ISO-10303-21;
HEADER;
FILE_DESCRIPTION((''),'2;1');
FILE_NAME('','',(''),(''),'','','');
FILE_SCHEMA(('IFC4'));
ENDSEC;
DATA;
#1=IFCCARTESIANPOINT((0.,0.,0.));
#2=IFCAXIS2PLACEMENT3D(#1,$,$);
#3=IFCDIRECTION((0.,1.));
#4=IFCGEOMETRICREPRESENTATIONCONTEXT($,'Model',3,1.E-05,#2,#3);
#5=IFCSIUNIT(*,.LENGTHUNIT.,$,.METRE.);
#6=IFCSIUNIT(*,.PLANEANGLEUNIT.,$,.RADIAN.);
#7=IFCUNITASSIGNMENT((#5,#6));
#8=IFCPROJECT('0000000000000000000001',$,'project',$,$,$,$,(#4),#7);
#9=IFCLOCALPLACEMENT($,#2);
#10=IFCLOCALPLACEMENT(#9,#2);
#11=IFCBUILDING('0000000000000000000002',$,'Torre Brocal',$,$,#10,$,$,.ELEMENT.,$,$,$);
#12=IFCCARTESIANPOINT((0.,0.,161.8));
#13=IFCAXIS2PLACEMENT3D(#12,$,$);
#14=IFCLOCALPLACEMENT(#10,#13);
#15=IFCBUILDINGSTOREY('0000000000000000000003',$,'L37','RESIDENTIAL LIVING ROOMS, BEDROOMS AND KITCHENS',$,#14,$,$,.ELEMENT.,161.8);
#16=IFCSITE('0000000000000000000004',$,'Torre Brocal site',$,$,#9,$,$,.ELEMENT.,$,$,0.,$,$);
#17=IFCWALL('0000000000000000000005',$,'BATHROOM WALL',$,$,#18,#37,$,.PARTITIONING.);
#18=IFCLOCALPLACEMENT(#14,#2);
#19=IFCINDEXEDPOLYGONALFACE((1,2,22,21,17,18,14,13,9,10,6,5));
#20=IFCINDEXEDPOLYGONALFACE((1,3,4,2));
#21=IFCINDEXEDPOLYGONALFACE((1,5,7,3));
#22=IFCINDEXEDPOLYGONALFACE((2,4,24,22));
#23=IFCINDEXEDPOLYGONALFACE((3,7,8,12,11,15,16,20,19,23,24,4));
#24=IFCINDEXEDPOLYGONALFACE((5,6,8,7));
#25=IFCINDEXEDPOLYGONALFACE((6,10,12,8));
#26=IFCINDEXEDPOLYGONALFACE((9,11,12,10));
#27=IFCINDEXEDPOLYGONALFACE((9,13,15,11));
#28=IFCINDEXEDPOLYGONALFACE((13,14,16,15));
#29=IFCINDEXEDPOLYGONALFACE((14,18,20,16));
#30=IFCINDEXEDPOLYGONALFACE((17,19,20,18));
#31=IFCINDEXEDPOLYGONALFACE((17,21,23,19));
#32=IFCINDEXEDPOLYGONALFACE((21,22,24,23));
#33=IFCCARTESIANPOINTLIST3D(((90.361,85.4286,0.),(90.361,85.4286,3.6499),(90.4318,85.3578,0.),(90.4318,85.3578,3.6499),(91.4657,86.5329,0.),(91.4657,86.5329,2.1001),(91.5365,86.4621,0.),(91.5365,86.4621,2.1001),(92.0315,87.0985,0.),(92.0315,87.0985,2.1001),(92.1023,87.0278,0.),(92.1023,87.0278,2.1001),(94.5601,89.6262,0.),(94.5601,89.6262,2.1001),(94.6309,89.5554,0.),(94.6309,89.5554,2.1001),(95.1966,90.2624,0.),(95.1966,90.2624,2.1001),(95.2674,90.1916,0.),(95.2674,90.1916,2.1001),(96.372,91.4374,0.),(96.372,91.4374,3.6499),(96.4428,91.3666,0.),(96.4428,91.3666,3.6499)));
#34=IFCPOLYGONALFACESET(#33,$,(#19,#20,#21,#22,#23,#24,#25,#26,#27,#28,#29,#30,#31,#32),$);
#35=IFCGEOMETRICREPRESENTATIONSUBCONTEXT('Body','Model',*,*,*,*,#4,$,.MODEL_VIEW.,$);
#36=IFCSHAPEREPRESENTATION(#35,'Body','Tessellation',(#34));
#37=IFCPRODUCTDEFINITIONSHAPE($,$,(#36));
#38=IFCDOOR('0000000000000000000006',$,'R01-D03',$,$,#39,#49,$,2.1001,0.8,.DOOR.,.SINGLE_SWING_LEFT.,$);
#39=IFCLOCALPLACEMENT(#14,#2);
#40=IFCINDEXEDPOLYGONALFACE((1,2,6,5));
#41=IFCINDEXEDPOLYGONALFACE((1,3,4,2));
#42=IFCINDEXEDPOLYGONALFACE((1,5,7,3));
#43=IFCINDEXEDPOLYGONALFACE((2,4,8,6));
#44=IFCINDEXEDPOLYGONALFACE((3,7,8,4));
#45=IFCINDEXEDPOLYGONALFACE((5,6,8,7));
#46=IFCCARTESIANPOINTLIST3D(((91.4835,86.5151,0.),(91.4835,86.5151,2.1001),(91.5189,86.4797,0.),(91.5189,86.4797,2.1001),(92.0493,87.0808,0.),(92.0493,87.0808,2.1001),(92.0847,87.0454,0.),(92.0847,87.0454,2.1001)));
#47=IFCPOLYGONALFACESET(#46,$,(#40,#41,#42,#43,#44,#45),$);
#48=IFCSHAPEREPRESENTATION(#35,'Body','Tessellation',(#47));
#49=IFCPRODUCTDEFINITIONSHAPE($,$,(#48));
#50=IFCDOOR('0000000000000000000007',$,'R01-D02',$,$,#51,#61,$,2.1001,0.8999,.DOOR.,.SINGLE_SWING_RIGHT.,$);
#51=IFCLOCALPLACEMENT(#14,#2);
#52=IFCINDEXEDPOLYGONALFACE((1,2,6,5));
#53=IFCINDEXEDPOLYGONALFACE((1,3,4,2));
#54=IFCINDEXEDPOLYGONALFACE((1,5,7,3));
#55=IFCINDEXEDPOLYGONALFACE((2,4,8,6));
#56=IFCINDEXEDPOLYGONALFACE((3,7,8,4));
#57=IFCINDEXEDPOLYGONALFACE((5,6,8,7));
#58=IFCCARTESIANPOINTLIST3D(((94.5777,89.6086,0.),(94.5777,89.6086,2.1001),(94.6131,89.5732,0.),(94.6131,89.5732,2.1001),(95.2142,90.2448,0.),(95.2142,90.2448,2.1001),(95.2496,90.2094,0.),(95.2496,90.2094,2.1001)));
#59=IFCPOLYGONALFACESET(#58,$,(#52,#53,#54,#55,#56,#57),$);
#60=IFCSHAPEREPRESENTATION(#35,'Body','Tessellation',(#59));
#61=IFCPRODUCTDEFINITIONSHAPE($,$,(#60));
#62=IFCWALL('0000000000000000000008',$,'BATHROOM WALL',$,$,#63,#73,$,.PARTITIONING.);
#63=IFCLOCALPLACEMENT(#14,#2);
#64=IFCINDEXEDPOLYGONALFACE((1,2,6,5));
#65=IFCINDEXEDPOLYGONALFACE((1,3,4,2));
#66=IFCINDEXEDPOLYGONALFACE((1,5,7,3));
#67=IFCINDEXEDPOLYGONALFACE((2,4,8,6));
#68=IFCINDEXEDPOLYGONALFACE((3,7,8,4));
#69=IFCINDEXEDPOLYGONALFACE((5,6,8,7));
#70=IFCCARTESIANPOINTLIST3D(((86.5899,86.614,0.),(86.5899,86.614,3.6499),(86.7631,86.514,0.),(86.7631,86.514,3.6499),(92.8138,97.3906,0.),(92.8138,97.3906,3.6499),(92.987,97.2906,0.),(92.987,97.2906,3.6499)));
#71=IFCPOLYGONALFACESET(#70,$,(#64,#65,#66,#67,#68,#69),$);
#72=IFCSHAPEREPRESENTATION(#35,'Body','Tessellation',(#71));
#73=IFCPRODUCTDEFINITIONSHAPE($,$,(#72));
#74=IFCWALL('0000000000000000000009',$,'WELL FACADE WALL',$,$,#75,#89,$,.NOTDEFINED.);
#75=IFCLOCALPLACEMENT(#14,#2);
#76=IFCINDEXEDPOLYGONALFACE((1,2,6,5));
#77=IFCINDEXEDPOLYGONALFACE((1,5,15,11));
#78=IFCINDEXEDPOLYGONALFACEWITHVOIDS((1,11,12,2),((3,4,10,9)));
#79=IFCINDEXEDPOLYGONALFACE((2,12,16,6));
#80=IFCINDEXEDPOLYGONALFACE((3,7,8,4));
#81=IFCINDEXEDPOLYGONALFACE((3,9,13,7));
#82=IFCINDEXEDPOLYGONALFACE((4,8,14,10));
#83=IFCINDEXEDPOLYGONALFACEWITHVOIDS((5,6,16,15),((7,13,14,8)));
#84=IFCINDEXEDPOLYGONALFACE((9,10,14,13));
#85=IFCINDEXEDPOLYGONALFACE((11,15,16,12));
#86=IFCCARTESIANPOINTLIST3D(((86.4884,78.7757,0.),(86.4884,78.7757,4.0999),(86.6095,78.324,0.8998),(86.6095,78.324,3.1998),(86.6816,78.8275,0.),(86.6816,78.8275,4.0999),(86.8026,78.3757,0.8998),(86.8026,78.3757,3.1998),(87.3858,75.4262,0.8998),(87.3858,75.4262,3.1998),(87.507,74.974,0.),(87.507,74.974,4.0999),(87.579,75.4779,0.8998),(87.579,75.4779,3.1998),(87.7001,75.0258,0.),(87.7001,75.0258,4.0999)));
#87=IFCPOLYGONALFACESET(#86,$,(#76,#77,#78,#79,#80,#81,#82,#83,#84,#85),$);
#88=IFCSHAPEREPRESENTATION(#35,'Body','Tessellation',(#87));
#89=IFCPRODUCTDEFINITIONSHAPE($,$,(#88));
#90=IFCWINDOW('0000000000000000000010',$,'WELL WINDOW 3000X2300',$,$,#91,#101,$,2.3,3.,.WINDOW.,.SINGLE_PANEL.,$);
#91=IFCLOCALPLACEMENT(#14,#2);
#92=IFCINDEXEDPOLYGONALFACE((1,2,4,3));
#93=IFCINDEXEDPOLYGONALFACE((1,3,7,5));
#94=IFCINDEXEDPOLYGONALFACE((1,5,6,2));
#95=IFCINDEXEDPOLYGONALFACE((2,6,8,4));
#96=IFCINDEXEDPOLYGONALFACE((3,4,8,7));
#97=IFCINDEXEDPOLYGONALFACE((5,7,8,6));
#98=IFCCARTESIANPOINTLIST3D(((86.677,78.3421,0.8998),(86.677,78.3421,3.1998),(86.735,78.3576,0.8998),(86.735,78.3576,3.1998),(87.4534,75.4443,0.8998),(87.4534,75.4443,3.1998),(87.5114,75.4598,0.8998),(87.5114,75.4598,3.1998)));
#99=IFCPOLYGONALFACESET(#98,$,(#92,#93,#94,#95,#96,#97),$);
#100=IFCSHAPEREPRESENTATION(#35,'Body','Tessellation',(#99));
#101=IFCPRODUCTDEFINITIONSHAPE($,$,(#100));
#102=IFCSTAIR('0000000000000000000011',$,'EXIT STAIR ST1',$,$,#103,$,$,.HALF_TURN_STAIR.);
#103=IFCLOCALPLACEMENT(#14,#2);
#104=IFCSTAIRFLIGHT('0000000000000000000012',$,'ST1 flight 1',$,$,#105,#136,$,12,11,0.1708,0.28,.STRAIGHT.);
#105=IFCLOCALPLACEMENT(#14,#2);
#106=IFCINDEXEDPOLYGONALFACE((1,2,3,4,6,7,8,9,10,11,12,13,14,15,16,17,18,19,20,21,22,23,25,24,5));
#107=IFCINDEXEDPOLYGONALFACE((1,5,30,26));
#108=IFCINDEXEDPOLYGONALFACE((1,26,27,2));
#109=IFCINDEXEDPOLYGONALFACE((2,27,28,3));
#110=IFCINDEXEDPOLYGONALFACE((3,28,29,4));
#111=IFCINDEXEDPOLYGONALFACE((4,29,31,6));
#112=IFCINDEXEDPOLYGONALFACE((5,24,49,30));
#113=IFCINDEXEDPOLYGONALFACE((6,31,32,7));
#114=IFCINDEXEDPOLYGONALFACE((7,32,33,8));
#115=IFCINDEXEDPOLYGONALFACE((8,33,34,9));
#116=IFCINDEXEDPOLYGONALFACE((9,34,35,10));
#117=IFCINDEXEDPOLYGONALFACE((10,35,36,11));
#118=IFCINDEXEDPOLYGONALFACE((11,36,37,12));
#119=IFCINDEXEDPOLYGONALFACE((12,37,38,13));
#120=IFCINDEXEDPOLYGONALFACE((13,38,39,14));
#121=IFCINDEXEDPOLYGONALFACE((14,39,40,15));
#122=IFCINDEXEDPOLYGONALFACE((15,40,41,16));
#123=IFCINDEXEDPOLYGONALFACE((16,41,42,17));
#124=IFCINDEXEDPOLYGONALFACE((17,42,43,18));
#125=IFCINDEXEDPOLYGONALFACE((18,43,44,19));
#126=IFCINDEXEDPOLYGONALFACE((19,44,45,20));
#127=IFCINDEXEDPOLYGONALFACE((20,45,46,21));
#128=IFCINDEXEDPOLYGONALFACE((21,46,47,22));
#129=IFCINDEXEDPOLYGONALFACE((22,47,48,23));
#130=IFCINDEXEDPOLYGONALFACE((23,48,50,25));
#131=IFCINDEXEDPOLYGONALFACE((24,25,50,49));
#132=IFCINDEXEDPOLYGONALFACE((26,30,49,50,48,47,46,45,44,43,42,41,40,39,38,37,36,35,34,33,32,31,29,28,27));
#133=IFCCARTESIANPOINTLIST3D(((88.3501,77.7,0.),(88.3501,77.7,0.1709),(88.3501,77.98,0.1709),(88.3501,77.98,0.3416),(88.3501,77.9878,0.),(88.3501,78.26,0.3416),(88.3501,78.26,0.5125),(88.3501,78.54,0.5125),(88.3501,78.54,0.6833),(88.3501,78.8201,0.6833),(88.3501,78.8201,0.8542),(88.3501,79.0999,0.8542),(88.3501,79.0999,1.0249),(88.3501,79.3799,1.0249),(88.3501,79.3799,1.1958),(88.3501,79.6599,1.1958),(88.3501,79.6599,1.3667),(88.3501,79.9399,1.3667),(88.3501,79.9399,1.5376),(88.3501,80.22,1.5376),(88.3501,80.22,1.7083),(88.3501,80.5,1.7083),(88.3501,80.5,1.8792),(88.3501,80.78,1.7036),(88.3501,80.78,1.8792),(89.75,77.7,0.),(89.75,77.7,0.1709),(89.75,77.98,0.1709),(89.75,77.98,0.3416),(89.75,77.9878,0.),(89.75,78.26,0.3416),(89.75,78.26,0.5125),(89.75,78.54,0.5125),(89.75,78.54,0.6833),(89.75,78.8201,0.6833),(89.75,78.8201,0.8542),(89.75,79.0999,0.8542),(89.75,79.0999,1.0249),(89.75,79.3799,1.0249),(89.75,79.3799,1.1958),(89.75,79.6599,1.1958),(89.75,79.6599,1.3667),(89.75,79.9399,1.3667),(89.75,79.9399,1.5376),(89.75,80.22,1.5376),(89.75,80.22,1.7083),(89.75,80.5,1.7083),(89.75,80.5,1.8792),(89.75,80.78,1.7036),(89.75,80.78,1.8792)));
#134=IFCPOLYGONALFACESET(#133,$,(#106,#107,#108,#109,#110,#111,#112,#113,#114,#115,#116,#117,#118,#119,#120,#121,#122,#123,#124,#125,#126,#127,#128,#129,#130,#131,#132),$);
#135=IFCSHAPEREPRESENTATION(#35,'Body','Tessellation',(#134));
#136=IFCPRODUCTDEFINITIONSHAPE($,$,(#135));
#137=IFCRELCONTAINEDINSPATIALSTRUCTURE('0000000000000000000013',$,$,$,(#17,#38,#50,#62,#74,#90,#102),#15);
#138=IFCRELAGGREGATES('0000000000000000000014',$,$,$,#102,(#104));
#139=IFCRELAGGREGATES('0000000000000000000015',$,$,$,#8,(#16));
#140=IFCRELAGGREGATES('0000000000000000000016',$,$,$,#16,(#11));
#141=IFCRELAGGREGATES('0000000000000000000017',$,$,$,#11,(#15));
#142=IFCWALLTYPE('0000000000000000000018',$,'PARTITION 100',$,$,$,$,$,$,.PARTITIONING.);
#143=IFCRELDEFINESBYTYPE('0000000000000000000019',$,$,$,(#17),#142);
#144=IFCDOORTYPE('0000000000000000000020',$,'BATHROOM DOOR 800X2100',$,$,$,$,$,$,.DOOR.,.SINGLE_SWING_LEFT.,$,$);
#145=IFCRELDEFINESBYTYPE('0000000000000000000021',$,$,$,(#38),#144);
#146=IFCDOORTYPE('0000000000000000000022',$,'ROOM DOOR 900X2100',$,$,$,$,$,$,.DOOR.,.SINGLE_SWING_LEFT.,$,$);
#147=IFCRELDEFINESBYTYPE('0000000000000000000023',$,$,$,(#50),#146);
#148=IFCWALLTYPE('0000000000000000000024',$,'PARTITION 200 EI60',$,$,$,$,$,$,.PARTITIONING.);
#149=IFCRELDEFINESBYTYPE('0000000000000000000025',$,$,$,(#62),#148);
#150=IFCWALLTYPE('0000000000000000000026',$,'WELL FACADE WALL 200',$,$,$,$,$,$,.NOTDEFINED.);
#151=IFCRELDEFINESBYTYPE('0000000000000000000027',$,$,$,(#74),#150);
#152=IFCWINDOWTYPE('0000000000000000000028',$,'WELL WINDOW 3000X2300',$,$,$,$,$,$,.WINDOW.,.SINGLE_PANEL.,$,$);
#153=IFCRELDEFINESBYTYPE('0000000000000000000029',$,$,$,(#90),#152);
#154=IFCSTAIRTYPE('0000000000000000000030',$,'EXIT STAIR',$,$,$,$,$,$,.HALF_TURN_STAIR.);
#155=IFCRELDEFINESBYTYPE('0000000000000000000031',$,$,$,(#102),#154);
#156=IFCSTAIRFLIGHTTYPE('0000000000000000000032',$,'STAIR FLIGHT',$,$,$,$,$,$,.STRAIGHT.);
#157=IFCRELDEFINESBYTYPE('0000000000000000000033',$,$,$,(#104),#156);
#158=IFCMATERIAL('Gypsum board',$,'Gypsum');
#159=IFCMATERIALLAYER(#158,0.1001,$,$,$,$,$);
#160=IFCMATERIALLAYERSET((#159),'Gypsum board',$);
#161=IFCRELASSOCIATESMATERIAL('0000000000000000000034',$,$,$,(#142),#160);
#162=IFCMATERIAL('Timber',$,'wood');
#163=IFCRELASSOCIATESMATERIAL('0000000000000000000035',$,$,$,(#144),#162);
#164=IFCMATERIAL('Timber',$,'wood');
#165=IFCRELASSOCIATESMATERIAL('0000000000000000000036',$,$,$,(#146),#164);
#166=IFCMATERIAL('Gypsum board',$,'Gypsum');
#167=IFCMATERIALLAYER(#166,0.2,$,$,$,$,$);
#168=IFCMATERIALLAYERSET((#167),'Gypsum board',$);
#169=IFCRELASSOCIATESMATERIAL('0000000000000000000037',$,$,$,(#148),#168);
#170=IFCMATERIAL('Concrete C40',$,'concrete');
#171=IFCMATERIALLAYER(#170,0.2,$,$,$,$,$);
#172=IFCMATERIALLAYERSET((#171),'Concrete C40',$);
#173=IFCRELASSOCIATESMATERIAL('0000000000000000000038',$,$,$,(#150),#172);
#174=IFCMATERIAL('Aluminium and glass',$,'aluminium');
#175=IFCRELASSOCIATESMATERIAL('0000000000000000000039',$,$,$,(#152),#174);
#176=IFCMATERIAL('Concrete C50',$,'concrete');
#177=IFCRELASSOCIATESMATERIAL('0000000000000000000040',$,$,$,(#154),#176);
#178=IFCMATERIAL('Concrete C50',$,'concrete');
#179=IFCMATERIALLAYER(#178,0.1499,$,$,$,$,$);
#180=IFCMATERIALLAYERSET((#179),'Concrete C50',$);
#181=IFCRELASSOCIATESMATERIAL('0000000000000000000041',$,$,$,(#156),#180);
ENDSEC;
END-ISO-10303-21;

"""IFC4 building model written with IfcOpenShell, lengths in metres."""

from ifc_helpers import new_model, si_unit, direction, frame, frame_2d, origin, place, context, subcontext, project, spatial, polyline, rectangle, outline, extrude, material, layer, layer_set, type_object, element, fill, aggregate, save


model = new_model("IFC4")

# Units and contexts
model_context = context("Model", 3, precision=1e-05, world=origin(), true_north=direction((0.0, 1.0)))
body_context = subcontext(model_context, "Body", "Model", "MODEL_VIEW")
ifc_project = project(units=[si_unit("LENGTHUNIT", "METRE"), si_unit("PLANEANGLEUNIT", "RADIAN")], contexts=[model_context])

# Site, building, storey
site_placement = place(None, origin())
site = spatial("IfcSite", under=ifc_project, at=site_placement, Name="Torre Brocal site", CompositionType="ELEMENT", RefElevation=0.0)
building_placement = place(site_placement, origin())
building = spatial("IfcBuilding", under=site, at=building_placement, Name="Torre Brocal", CompositionType="ELEMENT")
storey_placement = place(building_placement, frame((0.0, 0.0, 161.8)))
storey = spatial("IfcBuildingStorey", under=building, at=storey_placement, Name="L37", Description="RESIDENTIAL LIVING ROOMS, BEDROOMS AND KITCHENS", CompositionType="ELEMENT", Elevation=161.8)

# Wall, openings, doors
ifc_material_1 = material(Name="Gypsum board", Category="Gypsum")
ifc_layer_1 = layer(ifc_material_1, 0.1001)
ifc_layer_set_1 = layer_set([ifc_layer_1], Name="Gypsum board")
wall_type_1 = type_object("IfcWallType", Name="PARTITION 100", PredefinedType="PARTITIONING", material=ifc_layer_set_1)
wall_1_placement = place(storey_placement, frame((90.3965, 85.3933, 0.0), z_axis=(0.0, 0.0, 1.0), x_axis=(0.707236, 0.706978, 0.0)))
wall_1 = element("IfcWall", 1, at=wall_1_placement, inside=storey, type_object=wall_type_1, Name="BATHROOM WALL", PredefinedType="PARTITIONING", context=body_context, shape_type="SweptSolid", body=[
    extrude(rectangle(XDim=8.4993, YDim=0.1001, at=frame_2d((4.2495, 0.0))), origin(), (0.0, 0.0, 1.0), 3.6499),
])
opening_1_placement = place(wall_1_placement, frame((5.9373, 0.0, 0.0)))
opening_1 = element("IfcOpeningElement", 2, at=opening_1_placement, cuts=wall_1, PredefinedType="OPENING", context=body_context, shape_type="SweptSolid", body=[
    extrude(rectangle(XDim=0.8999, YDim=2.1001, at=frame_2d((0.45, 1.05))), frame((0.0, 0.0601, 0.0), z_axis=(0.0, -1.0, 0.0), x_axis=(1.0, 0.0, 0.0)), (0.0, 0.0, 1.0), 0.1201),
])
opening_2_placement = place(wall_1_placement, frame((1.562, 0.0, 0.0)))
opening_2 = element("IfcOpeningElement", 3, at=opening_2_placement, cuts=wall_1, PredefinedType="OPENING", context=body_context, shape_type="SweptSolid", body=[
    extrude(rectangle(XDim=0.8, YDim=2.1001, at=frame_2d((0.3999, 1.05))), frame((0.0, 0.0601, 0.0), z_axis=(0.0, -1.0, 0.0), x_axis=(1.0, 0.0, 0.0)), (0.0, 0.0, 1.0), 0.1201),
])
ifc_material_2 = material(Name="Timber", Category="wood")
door_type_1 = type_object("IfcDoorType", Name="BATHROOM DOOR 800X2100", OperationType="SINGLE_SWING_LEFT", PredefinedType="DOOR", material=ifc_material_2)
door_1_placement = place(opening_2_placement, origin())
door_1 = element("IfcDoor", 4, at=door_1_placement, inside=storey, type_object=door_type_1, Name="R01-D03", OperationType="SINGLE_SWING_LEFT", OverallHeight=2.1001, OverallWidth=0.8, PredefinedType="DOOR", context=body_context, shape_type="SweptSolid", body=[
    extrude(rectangle(XDim=0.8, YDim=2.1001, at=frame_2d((0.3999, 1.05))), frame((0.0, 0.0249, 0.0), z_axis=(0.0, -1.0, 0.0), x_axis=(1.0, 0.0, 0.0)), (0.0, 0.0, 1.0), 0.05),
])
fill(opening_2, door_1)
ifc_material_3 = material(Name="Timber", Category="wood")
door_type_2 = type_object("IfcDoorType", Name="ROOM DOOR 900X2100", OperationType="SINGLE_SWING_LEFT", PredefinedType="DOOR", material=ifc_material_3)
door_2_placement = place(opening_1_placement, frame((0.8999, 0.0, 0.0), z_axis=(0.0, 0.0, 1.0), x_axis=(-1.0, 0.0, 0.0)))
door_2 = element("IfcDoor", 5, at=door_2_placement, inside=storey, type_object=door_type_2, Name="R01-D02", OperationType="SINGLE_SWING_RIGHT", OverallHeight=2.1001, OverallWidth=0.8999, PredefinedType="DOOR", context=body_context, shape_type="SweptSolid", body=[
    extrude(rectangle(XDim=0.8999, YDim=2.1001, at=frame_2d((0.45, 1.05))), frame((0.0, 0.0249, 0.0), z_axis=(0.0, -1.0, 0.0), x_axis=(1.0, 0.0, 0.0)), (0.0, 0.0, 1.0), 0.05),
])
fill(opening_1, door_2)

# Wall
ifc_material_4 = material(Name="Gypsum board", Category="Gypsum")
ifc_layer_2 = layer(ifc_material_4, 0.2)
ifc_layer_set_2 = layer_set([ifc_layer_2], Name="Gypsum board")
wall_type_2 = type_object("IfcWallType", Name="PARTITION 200 EI60", PredefinedType="PARTITIONING", material=ifc_layer_set_2)
wall_2_placement = place(storey_placement, frame((86.6765, 86.564, 0.0), z_axis=(0.0, 0.0, 1.0), x_axis=(0.50012, 0.865956, 0.0)))
element("IfcWall", 6, at=wall_2_placement, inside=storey, type_object=wall_type_2, Name="BATHROOM WALL", PredefinedType="PARTITIONING", context=body_context, shape_type="SweptSolid", body=[
    extrude(rectangle(XDim=12.4448, YDim=0.2, at=frame_2d((6.2224, 0.0))), origin(), (0.0, 0.0, 1.0), 3.6499),
])

# Wall, opening, window
ifc_material_5 = material(Name="Concrete C40", Category="concrete")
ifc_layer_3 = layer(ifc_material_5, 0.2)
ifc_layer_set_3 = layer_set([ifc_layer_3], Name="Concrete C40")
wall_type_3 = type_object("IfcWallType", Name="WELL FACADE WALL 200", PredefinedType="NOTDEFINED", material=ifc_layer_set_3)
wall_3_placement = place(storey_placement, frame((87.6035, 75.0, 0.0), z_axis=(0.0, 0.0, 1.0), x_axis=(-0.25879, 0.965934, 0.0)))
wall_3 = element("IfcWall", 7, at=wall_3_placement, inside=storey, type_object=wall_type_3, Name="WELL FACADE WALL", PredefinedType="NOTDEFINED", context=body_context, shape_type="SweptSolid", body=[
    extrude(rectangle(XDim=3.9358, YDim=0.2, at=frame_2d((1.9678, 0.0))), origin(), (0.0, 0.0, 1.0), 4.0999),
])
opening_3_placement = place(wall_3_placement, frame((0.468, 0.0, 0.8999)))
opening_3 = element("IfcOpeningElement", 8, at=opening_3_placement, cuts=wall_3, PredefinedType="OPENING", context=body_context, shape_type="SweptSolid", body=[
    extrude(rectangle(XDim=3.0, YDim=2.3, at=frame_2d((1.5, 1.1499))), frame((0.0, 0.1099, 0.0), z_axis=(0.0, -1.0, 0.0), x_axis=(1.0, 0.0, 0.0)), (0.0, 0.0, 1.0), 0.22),
])
ifc_material_6 = material(Name="Aluminium and glass", Category="aluminium")
window_type = type_object("IfcWindowType", Name="WELL WINDOW 3000X2300", PartitioningType="SINGLE_PANEL", PredefinedType="WINDOW", material=ifc_material_6)
window_placement = place(opening_3_placement, origin())
window = element("IfcWindow", 9, at=window_placement, inside=storey, type_object=window_type, Name="WELL WINDOW 3000X2300", OverallHeight=2.3, OverallWidth=3.0, PartitioningType="SINGLE_PANEL", PredefinedType="WINDOW", context=body_context, shape_type="SweptSolid", body=[
    extrude(rectangle(XDim=3.0, YDim=2.3, at=frame_2d((1.5, 1.1499))), frame((0.0, 0.03, 0.0), z_axis=(0.0, -1.0, 0.0), x_axis=(1.0, 0.0, 0.0)), (0.0, 0.0, 1.0), 0.0601),
])
fill(opening_3, window)

# Stair, stair flight
ifc_material_7 = material(Name="Concrete C50", Category="concrete")
stair_type = type_object("IfcStairType", Name="EXIT STAIR", PredefinedType="HALF_TURN_STAIR", material=ifc_material_7)
stair_placement = place(storey_placement, origin())
stair = element("IfcStair", 10, at=stair_placement, inside=storey, type_object=stair_type, Name="EXIT STAIR ST1", PredefinedType="HALF_TURN_STAIR")
ifc_material_8 = material(Name="Concrete C50", Category="concrete")
ifc_layer_4 = layer(ifc_material_8, 0.1499)
ifc_layer_set_4 = layer_set([ifc_layer_4], Name="Concrete C50")
stair_flight_type = type_object("IfcStairFlightType", Name="STAIR FLIGHT", PredefinedType="STRAIGHT", material=ifc_layer_set_4)
stair_flight_1_placement = place(storey_placement, frame((89.05, 77.7, 0.0), z_axis=(0.0, 0.0, 1.0), x_axis=(0.0, 1.0, 0.0)))
stair_flight_1 = element("IfcStairFlight", 11, at=stair_flight_1_placement, type_object=stair_flight_type, Name="ST1 flight 1", NumberOfRisers=12, NumberOfTreads=11, PredefinedType="STRAIGHT", RiserHeight=0.1708, TreadLength=0.28, context=body_context, shape_type="SweptSolid", body=[
    extrude(outline(polyline([(0.0, 0.0), (0.0, 0.1709), (0.28, 0.1709), (0.28, 0.3416), (0.5601, 0.3416), (0.5601, 0.5125), (0.8401, 0.5125), (0.8401, 0.6833), (1.1201, 0.6833), (1.1201, 0.8542), (1.3999, 0.8542), (1.3999, 1.0249), (1.6799, 1.0249), (1.6799, 1.1958), (1.96, 1.1958), (1.96, 1.3667), (2.24, 1.3667), (2.24, 1.5376), (2.52, 1.5376), (2.52, 1.7083), (2.8, 1.7083), (2.8, 1.8792), (3.0801, 1.8792), (3.0801, 2.05), (3.0801, 1.7036), (0.2878, 0.0), (0.0, 0.0)])), frame((0.0, 0.7, 0.0), z_axis=(0.0, -1.0, 0.0), x_axis=(1.0, 0.0, 0.0)), (0.0, 0.0, 1.0), 1.3999),
])
aggregate(stair, [stair_flight_1])

save(model, "model.ifc")
